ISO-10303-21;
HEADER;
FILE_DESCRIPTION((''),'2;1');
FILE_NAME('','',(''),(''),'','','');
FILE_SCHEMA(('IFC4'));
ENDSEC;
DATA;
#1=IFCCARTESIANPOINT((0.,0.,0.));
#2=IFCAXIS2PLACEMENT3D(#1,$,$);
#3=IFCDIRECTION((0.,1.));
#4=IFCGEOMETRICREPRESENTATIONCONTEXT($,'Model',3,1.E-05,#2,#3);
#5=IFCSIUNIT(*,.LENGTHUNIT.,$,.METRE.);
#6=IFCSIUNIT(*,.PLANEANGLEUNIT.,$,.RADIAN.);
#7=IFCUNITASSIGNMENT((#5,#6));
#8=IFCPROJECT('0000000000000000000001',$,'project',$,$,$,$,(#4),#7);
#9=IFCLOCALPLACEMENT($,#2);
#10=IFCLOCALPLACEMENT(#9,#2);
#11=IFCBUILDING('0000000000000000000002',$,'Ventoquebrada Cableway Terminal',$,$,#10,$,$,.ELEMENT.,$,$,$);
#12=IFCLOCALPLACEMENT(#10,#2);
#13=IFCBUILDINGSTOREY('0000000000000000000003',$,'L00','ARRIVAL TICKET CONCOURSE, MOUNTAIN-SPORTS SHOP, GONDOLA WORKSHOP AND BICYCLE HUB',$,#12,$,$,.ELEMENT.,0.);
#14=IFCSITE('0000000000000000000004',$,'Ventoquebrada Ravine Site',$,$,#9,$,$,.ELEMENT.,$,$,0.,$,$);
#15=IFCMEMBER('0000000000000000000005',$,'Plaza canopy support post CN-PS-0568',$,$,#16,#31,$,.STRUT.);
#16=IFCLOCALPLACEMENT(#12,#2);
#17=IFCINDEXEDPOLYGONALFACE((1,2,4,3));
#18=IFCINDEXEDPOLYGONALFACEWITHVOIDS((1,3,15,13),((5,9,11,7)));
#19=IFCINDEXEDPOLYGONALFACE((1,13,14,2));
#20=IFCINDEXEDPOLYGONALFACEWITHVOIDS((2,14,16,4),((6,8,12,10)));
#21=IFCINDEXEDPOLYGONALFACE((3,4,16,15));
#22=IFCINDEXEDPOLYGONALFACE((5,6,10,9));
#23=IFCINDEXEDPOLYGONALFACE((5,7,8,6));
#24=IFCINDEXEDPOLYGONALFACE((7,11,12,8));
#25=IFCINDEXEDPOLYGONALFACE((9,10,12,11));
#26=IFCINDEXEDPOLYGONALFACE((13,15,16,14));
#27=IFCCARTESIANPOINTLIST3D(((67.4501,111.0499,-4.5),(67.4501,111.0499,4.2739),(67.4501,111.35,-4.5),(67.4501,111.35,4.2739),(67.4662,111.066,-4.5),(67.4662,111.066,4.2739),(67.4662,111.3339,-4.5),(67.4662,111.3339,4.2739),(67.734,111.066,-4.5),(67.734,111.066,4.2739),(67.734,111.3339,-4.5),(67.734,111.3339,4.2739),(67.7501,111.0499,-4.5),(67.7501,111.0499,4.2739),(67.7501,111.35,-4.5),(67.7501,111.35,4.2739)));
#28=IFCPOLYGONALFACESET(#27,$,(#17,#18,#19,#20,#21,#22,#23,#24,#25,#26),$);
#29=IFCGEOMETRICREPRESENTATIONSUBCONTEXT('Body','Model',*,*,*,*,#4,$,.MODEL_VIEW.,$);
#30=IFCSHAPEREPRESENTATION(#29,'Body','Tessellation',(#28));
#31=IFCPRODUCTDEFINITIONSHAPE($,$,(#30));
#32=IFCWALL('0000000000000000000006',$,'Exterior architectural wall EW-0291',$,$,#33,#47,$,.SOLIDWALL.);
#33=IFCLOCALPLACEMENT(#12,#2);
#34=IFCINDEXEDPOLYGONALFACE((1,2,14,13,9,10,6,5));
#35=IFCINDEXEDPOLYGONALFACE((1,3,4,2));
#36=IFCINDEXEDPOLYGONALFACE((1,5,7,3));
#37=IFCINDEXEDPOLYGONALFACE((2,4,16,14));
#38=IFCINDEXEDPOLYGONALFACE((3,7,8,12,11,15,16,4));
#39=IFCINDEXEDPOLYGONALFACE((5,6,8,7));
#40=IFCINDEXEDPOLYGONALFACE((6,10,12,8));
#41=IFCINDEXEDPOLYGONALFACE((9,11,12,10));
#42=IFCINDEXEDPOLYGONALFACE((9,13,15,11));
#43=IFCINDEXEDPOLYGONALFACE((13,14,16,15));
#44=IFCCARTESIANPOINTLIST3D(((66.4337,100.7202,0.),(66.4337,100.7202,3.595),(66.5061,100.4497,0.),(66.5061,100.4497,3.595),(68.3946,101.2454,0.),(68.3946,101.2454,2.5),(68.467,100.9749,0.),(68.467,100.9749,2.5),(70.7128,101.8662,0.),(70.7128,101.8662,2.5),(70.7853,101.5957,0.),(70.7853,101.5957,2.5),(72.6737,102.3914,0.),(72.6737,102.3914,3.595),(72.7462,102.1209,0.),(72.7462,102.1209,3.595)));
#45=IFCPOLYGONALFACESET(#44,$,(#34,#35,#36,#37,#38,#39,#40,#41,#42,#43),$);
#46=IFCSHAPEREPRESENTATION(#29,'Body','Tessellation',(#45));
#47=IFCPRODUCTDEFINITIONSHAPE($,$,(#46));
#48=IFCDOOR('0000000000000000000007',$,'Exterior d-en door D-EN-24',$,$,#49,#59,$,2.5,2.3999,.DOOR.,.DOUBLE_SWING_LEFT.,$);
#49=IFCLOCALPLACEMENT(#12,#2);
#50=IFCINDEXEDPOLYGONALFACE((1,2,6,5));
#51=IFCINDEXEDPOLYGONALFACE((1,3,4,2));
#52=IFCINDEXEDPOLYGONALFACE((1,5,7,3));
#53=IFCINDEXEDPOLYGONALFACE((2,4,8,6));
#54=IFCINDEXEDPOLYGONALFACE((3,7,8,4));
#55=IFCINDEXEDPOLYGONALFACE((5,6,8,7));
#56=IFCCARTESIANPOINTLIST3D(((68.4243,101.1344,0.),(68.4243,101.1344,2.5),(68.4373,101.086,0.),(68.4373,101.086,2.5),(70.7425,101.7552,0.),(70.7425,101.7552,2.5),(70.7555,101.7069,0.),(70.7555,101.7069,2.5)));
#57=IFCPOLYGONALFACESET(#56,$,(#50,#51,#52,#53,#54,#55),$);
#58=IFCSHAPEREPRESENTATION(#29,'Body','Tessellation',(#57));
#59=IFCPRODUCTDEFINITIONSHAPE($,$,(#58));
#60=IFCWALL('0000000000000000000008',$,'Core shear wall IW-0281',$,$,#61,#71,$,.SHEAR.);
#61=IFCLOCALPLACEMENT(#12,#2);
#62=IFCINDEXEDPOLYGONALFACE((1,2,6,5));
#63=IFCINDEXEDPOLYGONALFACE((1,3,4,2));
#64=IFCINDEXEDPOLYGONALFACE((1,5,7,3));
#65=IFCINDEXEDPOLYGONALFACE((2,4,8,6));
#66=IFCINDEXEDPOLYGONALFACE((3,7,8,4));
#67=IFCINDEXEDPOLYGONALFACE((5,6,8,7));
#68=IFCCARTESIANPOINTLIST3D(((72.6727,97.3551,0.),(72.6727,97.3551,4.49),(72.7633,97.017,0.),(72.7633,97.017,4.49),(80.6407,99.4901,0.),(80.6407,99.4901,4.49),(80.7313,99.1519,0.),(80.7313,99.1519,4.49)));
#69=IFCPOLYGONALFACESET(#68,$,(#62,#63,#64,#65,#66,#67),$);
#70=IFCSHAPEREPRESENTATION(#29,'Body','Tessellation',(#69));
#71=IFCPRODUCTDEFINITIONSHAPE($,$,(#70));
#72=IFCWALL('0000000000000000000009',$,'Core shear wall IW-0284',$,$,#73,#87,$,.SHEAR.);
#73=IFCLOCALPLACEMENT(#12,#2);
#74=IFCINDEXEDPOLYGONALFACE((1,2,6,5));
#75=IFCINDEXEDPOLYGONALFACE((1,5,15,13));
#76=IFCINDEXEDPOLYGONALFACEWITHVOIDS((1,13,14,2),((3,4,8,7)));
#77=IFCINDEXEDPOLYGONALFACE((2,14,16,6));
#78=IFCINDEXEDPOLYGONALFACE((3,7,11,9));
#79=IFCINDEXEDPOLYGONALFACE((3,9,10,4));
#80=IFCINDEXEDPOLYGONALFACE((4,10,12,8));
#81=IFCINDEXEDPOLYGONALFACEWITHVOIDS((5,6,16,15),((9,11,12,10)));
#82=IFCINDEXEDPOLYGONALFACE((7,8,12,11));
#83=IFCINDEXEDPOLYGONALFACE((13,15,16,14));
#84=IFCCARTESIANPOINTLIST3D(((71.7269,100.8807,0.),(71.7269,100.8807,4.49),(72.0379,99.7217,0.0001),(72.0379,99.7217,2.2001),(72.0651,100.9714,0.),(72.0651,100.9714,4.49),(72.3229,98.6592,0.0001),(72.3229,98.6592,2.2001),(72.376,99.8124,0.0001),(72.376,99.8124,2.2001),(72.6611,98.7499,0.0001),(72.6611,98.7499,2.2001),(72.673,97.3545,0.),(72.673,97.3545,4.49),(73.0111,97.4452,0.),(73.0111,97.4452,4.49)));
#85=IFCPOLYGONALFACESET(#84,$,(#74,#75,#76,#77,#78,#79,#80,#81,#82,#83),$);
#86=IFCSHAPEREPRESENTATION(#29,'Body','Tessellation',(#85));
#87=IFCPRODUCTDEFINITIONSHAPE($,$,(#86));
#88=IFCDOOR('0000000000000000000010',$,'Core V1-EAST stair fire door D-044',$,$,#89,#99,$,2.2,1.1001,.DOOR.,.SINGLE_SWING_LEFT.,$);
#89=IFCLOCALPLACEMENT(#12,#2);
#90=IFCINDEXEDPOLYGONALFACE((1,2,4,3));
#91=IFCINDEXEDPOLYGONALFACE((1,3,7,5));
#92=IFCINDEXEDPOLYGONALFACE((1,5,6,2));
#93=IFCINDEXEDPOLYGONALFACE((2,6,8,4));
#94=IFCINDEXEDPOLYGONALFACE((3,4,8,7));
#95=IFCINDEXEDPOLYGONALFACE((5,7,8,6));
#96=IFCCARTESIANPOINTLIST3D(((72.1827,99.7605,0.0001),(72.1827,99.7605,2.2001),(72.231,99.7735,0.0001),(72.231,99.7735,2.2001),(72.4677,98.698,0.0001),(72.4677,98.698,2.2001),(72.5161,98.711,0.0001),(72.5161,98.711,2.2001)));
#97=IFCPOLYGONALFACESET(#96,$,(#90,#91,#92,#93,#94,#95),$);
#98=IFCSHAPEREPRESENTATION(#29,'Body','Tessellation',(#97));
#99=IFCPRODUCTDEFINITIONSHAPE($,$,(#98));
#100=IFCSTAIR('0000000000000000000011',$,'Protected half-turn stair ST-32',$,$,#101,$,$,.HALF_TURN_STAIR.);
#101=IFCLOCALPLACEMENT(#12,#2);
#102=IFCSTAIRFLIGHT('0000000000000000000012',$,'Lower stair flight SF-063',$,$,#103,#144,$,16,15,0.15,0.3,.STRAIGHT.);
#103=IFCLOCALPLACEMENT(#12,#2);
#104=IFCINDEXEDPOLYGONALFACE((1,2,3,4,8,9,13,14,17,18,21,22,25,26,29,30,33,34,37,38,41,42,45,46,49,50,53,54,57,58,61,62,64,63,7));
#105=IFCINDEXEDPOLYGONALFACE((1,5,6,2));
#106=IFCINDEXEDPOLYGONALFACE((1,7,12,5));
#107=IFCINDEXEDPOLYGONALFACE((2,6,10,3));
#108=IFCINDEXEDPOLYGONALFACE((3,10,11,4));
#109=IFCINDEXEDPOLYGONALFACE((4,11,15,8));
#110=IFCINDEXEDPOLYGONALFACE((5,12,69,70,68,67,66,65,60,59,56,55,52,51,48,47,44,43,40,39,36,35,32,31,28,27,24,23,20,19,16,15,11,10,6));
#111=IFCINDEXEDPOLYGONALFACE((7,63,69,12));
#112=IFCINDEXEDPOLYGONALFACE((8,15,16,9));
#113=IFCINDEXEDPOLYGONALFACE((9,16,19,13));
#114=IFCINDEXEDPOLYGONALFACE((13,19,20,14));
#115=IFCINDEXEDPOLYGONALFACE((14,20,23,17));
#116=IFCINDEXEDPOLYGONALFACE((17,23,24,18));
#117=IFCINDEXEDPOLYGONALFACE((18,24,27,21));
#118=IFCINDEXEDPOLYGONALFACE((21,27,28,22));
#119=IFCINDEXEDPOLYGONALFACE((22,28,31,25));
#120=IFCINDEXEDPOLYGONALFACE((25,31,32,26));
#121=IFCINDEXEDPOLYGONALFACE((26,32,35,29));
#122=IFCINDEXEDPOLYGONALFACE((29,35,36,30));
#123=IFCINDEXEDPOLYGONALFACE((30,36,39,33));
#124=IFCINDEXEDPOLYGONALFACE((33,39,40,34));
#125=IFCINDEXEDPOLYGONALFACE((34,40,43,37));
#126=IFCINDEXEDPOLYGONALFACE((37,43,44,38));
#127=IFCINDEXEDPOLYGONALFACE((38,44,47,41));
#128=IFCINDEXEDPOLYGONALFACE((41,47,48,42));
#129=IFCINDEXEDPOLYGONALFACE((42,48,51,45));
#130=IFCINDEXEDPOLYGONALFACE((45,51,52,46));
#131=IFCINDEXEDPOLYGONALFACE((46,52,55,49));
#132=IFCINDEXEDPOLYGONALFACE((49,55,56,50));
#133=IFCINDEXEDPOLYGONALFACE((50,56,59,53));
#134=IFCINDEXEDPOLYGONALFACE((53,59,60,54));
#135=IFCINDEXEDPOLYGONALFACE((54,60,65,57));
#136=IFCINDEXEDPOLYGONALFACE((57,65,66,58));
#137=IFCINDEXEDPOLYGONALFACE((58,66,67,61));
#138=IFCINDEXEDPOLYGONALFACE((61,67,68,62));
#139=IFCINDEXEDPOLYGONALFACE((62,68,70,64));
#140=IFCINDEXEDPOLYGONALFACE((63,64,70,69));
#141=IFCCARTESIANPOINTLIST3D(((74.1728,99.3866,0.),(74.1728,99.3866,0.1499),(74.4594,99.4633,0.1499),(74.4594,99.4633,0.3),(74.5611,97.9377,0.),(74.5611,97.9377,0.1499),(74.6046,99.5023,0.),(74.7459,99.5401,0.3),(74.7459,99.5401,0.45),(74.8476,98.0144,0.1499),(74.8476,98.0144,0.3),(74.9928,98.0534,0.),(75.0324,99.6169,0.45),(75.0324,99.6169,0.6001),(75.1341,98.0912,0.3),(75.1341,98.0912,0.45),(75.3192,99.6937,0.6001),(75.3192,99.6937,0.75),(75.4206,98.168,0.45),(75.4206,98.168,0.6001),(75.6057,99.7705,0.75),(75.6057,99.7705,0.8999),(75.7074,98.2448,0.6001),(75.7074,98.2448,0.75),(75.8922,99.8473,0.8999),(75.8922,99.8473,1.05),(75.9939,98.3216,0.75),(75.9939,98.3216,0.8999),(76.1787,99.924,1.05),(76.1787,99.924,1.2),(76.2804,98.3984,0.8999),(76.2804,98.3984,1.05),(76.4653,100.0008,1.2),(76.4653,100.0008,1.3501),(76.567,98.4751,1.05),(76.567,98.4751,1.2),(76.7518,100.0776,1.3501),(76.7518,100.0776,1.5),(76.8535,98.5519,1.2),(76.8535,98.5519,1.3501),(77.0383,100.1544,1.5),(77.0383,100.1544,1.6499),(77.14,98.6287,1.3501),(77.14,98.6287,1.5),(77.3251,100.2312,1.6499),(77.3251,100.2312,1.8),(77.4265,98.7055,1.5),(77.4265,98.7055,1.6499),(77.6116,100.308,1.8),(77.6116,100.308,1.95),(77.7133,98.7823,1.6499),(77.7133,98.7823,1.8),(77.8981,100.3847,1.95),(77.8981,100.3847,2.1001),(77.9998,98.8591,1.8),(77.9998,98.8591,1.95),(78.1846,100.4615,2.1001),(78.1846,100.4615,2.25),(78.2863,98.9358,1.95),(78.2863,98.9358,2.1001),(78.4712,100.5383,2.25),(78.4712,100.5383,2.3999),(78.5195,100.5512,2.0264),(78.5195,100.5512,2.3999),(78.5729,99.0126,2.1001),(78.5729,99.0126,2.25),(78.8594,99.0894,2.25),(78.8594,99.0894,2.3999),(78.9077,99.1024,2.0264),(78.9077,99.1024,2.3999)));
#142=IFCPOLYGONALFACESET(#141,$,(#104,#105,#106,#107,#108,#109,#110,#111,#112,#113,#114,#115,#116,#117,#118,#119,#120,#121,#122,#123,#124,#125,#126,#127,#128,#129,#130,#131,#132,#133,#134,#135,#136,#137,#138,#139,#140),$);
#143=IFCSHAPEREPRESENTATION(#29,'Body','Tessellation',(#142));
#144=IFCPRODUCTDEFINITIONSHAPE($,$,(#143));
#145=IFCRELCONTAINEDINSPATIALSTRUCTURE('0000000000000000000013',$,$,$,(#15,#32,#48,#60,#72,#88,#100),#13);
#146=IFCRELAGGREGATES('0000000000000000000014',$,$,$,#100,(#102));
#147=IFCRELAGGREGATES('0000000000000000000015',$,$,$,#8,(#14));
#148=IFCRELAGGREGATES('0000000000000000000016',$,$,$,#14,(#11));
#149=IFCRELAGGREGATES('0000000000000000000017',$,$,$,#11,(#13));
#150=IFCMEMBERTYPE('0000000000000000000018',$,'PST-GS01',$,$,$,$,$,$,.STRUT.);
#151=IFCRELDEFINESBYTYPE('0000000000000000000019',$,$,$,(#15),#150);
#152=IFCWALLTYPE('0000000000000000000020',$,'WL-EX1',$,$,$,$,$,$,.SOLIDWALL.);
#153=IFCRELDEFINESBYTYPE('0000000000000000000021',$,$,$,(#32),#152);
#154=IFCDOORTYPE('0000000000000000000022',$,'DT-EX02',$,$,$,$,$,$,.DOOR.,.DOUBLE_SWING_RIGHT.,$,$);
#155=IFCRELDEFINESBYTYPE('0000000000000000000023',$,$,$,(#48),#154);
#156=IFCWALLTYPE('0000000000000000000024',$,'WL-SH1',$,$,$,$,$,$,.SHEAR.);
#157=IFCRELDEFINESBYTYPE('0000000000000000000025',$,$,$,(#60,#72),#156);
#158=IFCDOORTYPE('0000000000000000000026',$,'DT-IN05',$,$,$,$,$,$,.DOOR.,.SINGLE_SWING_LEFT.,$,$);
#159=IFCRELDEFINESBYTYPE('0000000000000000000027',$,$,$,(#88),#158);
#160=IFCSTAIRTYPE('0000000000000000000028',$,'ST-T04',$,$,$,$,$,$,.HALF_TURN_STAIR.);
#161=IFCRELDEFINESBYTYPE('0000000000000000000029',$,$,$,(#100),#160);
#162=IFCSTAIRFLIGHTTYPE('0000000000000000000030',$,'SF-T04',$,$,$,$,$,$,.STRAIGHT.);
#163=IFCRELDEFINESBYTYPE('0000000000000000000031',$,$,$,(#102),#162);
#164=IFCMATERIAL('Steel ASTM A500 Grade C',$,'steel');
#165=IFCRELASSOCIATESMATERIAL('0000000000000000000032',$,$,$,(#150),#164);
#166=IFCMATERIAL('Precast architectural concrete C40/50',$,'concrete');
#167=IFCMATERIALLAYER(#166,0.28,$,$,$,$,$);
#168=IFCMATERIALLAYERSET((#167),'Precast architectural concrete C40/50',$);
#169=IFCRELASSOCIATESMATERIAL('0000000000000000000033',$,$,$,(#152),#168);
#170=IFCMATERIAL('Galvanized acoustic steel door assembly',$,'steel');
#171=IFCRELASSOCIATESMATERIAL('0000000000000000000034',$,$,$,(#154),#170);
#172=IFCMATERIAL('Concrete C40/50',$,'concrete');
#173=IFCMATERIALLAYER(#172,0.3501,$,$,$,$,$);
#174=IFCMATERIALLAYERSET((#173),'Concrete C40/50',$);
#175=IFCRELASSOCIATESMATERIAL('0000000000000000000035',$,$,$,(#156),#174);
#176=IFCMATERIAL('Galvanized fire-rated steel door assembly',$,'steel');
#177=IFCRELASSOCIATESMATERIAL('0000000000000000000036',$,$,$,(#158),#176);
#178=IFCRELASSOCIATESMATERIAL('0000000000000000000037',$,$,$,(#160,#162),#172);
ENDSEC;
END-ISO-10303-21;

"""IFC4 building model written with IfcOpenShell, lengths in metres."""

from ifc_helpers import new_model, si_unit, direction, frame, frame_2d, origin, origin_2d, place, context, subcontext, project, spatial, polyline, rectangle, hollow_rectangle, outline, extrude, material, layer, layer_set, material_profile, profile_set, type_object, element, fill, aggregate, save


model = new_model("IFC4")

# Units and contexts
model_context = context("Model", 3, precision=1e-05, world=origin(), true_north=direction((0.0, 1.0)))
body_context = subcontext(model_context, "Body", "Model", "MODEL_VIEW")
ifc_project = project(units=[si_unit("LENGTHUNIT", "METRE"), si_unit("PLANEANGLEUNIT", "RADIAN")], contexts=[model_context])

# Site, building, storey
site_placement = place(None, origin())
site = spatial("IfcSite", under=ifc_project, at=site_placement, Name="Ventoquebrada Ravine Site", CompositionType="ELEMENT", RefElevation=0.0)
building_placement = place(site_placement, origin())
building = spatial("IfcBuilding", under=site, at=building_placement, Name="Ventoquebrada Cableway Terminal", CompositionType="ELEMENT")
storey_placement = place(building_placement, origin())
storey = spatial("IfcBuildingStorey", under=building, at=storey_placement, Name="L00", Description="ARRIVAL TICKET CONCOURSE, MOUNTAIN-SPORTS SHOP, GONDOLA WORKSHOP AND BICYCLE HUB", CompositionType="ELEMENT", Elevation=0.0)

# Shared definitions
ifc_material_1 = material(Name="Concrete C40/50", Category="concrete")

# Member
ifc_material_2 = material(Name="Steel ASTM A500 Grade C", Category="steel")
ifc_material_profile_1 = material_profile(ifc_material_2, hollow_rectangle(XDim=0.3, YDim=0.3, WallThickness=0.0161, at=origin_2d()), Name="HSS300X300X16")
ifc_profile_set_1 = profile_set([ifc_material_profile_1], Name="Steel ASTM A500 Grade C")
member_type = type_object("IfcMemberType", Name="PST-GS01", PredefinedType="STRUT", material=ifc_profile_set_1)
member_placement = place(storey_placement, frame((67.6001, 111.2, -4.5), z_axis=(0.0, 0.0, 1.0), x_axis=(1.0, 0.0, 0.0)))
element("IfcMember", 1, at=member_placement, inside=storey, type_object=member_type, Name="Plaza canopy support post CN-PS-0568", PredefinedType="STRUT", context=body_context, shape_type="SweptSolid", body=[
    extrude(hollow_rectangle(XDim=0.3, YDim=0.3, WallThickness=0.0161, at=origin_2d()), origin(), (0.0, 0.0, 1.0), 8.7739),
])

# Wall, opening, door
ifc_material_3 = material(Name="Precast architectural concrete C40/50", Category="concrete")
ifc_layer_1 = layer(ifc_material_3, 0.28)
ifc_layer_set_1 = layer_set([ifc_layer_1], Name="Precast architectural concrete C40/50")
wall_type_1 = type_object("IfcWallType", Name="WL-EX1", PredefinedType="SOLIDWALL", material=ifc_layer_set_1)
wall_1_placement = place(storey_placement, frame((72.71, 102.2561, 0.0), z_axis=(0.0, 0.0, 1.0), x_axis=(-0.965959, -0.258695, 0.0)))
wall_1 = element("IfcWall", 2, at=wall_1_placement, inside=storey, type_object=wall_type_1, Name="Exterior architectural wall EW-0291", PredefinedType="SOLIDWALL", context=body_context, shape_type="SweptSolid", body=[
    extrude(rectangle(XDim=6.46, YDim=0.28, at=frame_2d((3.23, 0.0))), origin(), (0.0, 0.0, 1.0), 3.595),
])
opening_1_placement = place(wall_1_placement, frame((2.03, 0.0, 0.0)))
opening_1 = element("IfcOpeningElement", 3, at=opening_1_placement, cuts=wall_1, PredefinedType="OPENING", context=body_context, shape_type="SweptSolid", body=[
    extrude(rectangle(XDim=2.3999, YDim=2.5, at=frame_2d((1.2, 1.25))), frame((0.0, 0.1499, 0.0), z_axis=(0.0, -1.0, 0.0), x_axis=(1.0, 0.0, 0.0)), (0.0, 0.0, 1.0), 0.3),
])
ifc_material_4 = material(Name="Galvanized acoustic steel door assembly", Category="steel")
door_type_1 = type_object("IfcDoorType", Name="DT-EX02", OperationType="DOUBLE_SWING_RIGHT", PredefinedType="DOOR", material=ifc_material_4)
door_1_placement = place(opening_1_placement, origin())
door_1 = element("IfcDoor", 4, at=door_1_placement, inside=storey, type_object=door_type_1, Name="Exterior d-en door D-EN-24", OperationType="DOUBLE_SWING_LEFT", OverallHeight=2.5, OverallWidth=2.3999, PredefinedType="DOOR", context=body_context, shape_type="SweptSolid", body=[
    extrude(rectangle(XDim=2.3999, YDim=2.5, at=frame_2d((1.2, 1.25))), frame((0.0, 0.0249, 0.0), z_axis=(0.0, -1.0, 0.0), x_axis=(1.0, 0.0, 0.0)), (0.0, 0.0, 1.0), 0.05),
])
fill(opening_1, door_1)

# Wall
ifc_layer_2 = layer(ifc_material_1, 0.3501)
ifc_layer_set_2 = layer_set([ifc_layer_2], Name="Concrete C40/50")
wall_type_2 = type_object("IfcWallType", Name="WL-SH1", PredefinedType="SHEAR", material=ifc_layer_set_2)
wall_2_placement = place(storey_placement, frame((72.718, 97.186, 0.0), z_axis=(0.0, 0.0, 1.0), x_axis=(0.965926, 0.258817, 0.0)))
element("IfcWall", 5, at=wall_2_placement, inside=storey, type_object=wall_type_2, Name="Core shear wall IW-0281", PredefinedType="SHEAR", context=body_context, shape_type="SweptSolid", body=[
    extrude(rectangle(XDim=8.249, YDim=0.3501, at=frame_2d((4.1245, 0.0))), origin(), (0.0, 0.0, 1.0), 4.49),
])

# Wall, opening, door
wall_3_placement = place(storey_placement, frame((71.896, 100.926, 0.0), z_axis=(0.0, 0.0, 1.0), x_axis=(0.259132, -0.965842, 0.0)))
wall_3 = element("IfcWall", 6, at=wall_3_placement, inside=storey, type_object=wall_type_2, Name="Core shear wall IW-0284", PredefinedType="SHEAR", context=body_context, shape_type="SweptSolid", body=[
    extrude(rectangle(XDim=3.6509, YDim=0.3501, at=frame_2d((1.8254, 0.0))), origin(), (0.0, 0.0, 1.0), 4.49),
])
opening_2_placement = place(wall_3_placement, frame((1.2, 0.0, 0.0)))
opening_2 = element("IfcOpeningElement", 7, at=opening_2_placement, cuts=wall_3, PredefinedType="OPENING", context=body_context, shape_type="SweptSolid", body=[
    extrude(rectangle(XDim=1.1001, YDim=2.2, at=frame_2d((0.55, 1.1001))), frame((0.0, 0.1851, 0.0), z_axis=(0.0, -1.0, 0.0), x_axis=(1.0, 0.0, 0.0)), (0.0, 0.0, 1.0), 0.3701),
])
ifc_material_5 = material(Name="Galvanized fire-rated steel door assembly", Category="steel")
door_type_2 = type_object("IfcDoorType", Name="DT-IN05", OperationType="SINGLE_SWING_LEFT", PredefinedType="DOOR", material=ifc_material_5)
door_2_placement = place(opening_2_placement, origin())
door_2 = element("IfcDoor", 8, at=door_2_placement, inside=storey, type_object=door_type_2, Name="Core V1-EAST stair fire door D-044", OperationType="SINGLE_SWING_LEFT", OverallHeight=2.2, OverallWidth=1.1001, PredefinedType="DOOR", context=body_context, shape_type="SweptSolid", body=[
    extrude(rectangle(XDim=1.1001, YDim=2.2, at=frame_2d((0.55, 1.1001))), frame((0.0, 0.0249, 0.0), z_axis=(0.0, -1.0, 0.0), x_axis=(1.0, 0.0, 0.0)), (0.0, 0.0, 1.0), 0.05),
])
fill(opening_2, door_2)

# Stair, stair flight
stair_type = type_object("IfcStairType", Name="ST-T04", PredefinedType="HALF_TURN_STAIR", material=ifc_material_1)
stair_placement = place(storey_placement, origin())
stair = element("IfcStair", 9, at=stair_placement, inside=storey, type_object=stair_type, Name="Protected half-turn stair ST-32", PredefinedType="HALF_TURN_STAIR")
stair_flight_type = type_object("IfcStairFlightType", Name="SF-T04", PredefinedType="STRAIGHT", material=ifc_material_1)
stair_flight_1_placement = place(storey_placement, frame((74.3669, 98.6621, 0.0), z_axis=(0.0, 0.0, 1.0), x_axis=(0.965926, 0.258819, 0.0)))
stair_flight_1 = element("IfcStairFlight", 10, at=stair_flight_1_placement, type_object=stair_flight_type, Name="Lower stair flight SF-063", NumberOfRisers=16, NumberOfTreads=15, PredefinedType="STRAIGHT", RiserHeight=0.15, TreadLength=0.3, context=body_context, shape_type="SweptSolid", body=[
    extrude(outline(polyline([(0.0, 0.0), (0.0, 0.1499), (0.2966, 0.1499), (0.2966, 0.3), (0.5933, 0.3), (0.5933, 0.45), (0.8899, 0.45), (0.8899, 0.6001), (1.1868, 0.6001), (1.1868, 0.75), (1.4834, 0.75), (1.4834, 0.8999), (1.78, 0.8999), (1.78, 1.05), (2.0767, 1.05), (2.0767, 1.2), (2.3733, 1.2), (2.3733, 1.3501), (2.6699, 1.3501), (2.6699, 1.5), (2.9666, 1.5), (2.9666, 1.6499), (3.2634, 1.6499), (3.2634, 1.8), (3.5601, 1.8), (3.5601, 1.95), (3.8567, 1.95), (3.8567, 2.1001), (4.1533, 2.1001), (4.1533, 2.25), (4.45, 2.25), (4.45, 2.3999), (4.5, 2.3999), (4.5, 2.0264), (0.447, 0.0), (0.0, 0.0)])), frame((0.0, 0.75, 0.0), z_axis=(0.0, -1.0, 0.0), x_axis=(1.0, 0.0, 0.0)), (0.0, 0.0, 1.0), 1.5),
])
aggregate(stair, [stair_flight_1])

save(model, "model.ifc")
